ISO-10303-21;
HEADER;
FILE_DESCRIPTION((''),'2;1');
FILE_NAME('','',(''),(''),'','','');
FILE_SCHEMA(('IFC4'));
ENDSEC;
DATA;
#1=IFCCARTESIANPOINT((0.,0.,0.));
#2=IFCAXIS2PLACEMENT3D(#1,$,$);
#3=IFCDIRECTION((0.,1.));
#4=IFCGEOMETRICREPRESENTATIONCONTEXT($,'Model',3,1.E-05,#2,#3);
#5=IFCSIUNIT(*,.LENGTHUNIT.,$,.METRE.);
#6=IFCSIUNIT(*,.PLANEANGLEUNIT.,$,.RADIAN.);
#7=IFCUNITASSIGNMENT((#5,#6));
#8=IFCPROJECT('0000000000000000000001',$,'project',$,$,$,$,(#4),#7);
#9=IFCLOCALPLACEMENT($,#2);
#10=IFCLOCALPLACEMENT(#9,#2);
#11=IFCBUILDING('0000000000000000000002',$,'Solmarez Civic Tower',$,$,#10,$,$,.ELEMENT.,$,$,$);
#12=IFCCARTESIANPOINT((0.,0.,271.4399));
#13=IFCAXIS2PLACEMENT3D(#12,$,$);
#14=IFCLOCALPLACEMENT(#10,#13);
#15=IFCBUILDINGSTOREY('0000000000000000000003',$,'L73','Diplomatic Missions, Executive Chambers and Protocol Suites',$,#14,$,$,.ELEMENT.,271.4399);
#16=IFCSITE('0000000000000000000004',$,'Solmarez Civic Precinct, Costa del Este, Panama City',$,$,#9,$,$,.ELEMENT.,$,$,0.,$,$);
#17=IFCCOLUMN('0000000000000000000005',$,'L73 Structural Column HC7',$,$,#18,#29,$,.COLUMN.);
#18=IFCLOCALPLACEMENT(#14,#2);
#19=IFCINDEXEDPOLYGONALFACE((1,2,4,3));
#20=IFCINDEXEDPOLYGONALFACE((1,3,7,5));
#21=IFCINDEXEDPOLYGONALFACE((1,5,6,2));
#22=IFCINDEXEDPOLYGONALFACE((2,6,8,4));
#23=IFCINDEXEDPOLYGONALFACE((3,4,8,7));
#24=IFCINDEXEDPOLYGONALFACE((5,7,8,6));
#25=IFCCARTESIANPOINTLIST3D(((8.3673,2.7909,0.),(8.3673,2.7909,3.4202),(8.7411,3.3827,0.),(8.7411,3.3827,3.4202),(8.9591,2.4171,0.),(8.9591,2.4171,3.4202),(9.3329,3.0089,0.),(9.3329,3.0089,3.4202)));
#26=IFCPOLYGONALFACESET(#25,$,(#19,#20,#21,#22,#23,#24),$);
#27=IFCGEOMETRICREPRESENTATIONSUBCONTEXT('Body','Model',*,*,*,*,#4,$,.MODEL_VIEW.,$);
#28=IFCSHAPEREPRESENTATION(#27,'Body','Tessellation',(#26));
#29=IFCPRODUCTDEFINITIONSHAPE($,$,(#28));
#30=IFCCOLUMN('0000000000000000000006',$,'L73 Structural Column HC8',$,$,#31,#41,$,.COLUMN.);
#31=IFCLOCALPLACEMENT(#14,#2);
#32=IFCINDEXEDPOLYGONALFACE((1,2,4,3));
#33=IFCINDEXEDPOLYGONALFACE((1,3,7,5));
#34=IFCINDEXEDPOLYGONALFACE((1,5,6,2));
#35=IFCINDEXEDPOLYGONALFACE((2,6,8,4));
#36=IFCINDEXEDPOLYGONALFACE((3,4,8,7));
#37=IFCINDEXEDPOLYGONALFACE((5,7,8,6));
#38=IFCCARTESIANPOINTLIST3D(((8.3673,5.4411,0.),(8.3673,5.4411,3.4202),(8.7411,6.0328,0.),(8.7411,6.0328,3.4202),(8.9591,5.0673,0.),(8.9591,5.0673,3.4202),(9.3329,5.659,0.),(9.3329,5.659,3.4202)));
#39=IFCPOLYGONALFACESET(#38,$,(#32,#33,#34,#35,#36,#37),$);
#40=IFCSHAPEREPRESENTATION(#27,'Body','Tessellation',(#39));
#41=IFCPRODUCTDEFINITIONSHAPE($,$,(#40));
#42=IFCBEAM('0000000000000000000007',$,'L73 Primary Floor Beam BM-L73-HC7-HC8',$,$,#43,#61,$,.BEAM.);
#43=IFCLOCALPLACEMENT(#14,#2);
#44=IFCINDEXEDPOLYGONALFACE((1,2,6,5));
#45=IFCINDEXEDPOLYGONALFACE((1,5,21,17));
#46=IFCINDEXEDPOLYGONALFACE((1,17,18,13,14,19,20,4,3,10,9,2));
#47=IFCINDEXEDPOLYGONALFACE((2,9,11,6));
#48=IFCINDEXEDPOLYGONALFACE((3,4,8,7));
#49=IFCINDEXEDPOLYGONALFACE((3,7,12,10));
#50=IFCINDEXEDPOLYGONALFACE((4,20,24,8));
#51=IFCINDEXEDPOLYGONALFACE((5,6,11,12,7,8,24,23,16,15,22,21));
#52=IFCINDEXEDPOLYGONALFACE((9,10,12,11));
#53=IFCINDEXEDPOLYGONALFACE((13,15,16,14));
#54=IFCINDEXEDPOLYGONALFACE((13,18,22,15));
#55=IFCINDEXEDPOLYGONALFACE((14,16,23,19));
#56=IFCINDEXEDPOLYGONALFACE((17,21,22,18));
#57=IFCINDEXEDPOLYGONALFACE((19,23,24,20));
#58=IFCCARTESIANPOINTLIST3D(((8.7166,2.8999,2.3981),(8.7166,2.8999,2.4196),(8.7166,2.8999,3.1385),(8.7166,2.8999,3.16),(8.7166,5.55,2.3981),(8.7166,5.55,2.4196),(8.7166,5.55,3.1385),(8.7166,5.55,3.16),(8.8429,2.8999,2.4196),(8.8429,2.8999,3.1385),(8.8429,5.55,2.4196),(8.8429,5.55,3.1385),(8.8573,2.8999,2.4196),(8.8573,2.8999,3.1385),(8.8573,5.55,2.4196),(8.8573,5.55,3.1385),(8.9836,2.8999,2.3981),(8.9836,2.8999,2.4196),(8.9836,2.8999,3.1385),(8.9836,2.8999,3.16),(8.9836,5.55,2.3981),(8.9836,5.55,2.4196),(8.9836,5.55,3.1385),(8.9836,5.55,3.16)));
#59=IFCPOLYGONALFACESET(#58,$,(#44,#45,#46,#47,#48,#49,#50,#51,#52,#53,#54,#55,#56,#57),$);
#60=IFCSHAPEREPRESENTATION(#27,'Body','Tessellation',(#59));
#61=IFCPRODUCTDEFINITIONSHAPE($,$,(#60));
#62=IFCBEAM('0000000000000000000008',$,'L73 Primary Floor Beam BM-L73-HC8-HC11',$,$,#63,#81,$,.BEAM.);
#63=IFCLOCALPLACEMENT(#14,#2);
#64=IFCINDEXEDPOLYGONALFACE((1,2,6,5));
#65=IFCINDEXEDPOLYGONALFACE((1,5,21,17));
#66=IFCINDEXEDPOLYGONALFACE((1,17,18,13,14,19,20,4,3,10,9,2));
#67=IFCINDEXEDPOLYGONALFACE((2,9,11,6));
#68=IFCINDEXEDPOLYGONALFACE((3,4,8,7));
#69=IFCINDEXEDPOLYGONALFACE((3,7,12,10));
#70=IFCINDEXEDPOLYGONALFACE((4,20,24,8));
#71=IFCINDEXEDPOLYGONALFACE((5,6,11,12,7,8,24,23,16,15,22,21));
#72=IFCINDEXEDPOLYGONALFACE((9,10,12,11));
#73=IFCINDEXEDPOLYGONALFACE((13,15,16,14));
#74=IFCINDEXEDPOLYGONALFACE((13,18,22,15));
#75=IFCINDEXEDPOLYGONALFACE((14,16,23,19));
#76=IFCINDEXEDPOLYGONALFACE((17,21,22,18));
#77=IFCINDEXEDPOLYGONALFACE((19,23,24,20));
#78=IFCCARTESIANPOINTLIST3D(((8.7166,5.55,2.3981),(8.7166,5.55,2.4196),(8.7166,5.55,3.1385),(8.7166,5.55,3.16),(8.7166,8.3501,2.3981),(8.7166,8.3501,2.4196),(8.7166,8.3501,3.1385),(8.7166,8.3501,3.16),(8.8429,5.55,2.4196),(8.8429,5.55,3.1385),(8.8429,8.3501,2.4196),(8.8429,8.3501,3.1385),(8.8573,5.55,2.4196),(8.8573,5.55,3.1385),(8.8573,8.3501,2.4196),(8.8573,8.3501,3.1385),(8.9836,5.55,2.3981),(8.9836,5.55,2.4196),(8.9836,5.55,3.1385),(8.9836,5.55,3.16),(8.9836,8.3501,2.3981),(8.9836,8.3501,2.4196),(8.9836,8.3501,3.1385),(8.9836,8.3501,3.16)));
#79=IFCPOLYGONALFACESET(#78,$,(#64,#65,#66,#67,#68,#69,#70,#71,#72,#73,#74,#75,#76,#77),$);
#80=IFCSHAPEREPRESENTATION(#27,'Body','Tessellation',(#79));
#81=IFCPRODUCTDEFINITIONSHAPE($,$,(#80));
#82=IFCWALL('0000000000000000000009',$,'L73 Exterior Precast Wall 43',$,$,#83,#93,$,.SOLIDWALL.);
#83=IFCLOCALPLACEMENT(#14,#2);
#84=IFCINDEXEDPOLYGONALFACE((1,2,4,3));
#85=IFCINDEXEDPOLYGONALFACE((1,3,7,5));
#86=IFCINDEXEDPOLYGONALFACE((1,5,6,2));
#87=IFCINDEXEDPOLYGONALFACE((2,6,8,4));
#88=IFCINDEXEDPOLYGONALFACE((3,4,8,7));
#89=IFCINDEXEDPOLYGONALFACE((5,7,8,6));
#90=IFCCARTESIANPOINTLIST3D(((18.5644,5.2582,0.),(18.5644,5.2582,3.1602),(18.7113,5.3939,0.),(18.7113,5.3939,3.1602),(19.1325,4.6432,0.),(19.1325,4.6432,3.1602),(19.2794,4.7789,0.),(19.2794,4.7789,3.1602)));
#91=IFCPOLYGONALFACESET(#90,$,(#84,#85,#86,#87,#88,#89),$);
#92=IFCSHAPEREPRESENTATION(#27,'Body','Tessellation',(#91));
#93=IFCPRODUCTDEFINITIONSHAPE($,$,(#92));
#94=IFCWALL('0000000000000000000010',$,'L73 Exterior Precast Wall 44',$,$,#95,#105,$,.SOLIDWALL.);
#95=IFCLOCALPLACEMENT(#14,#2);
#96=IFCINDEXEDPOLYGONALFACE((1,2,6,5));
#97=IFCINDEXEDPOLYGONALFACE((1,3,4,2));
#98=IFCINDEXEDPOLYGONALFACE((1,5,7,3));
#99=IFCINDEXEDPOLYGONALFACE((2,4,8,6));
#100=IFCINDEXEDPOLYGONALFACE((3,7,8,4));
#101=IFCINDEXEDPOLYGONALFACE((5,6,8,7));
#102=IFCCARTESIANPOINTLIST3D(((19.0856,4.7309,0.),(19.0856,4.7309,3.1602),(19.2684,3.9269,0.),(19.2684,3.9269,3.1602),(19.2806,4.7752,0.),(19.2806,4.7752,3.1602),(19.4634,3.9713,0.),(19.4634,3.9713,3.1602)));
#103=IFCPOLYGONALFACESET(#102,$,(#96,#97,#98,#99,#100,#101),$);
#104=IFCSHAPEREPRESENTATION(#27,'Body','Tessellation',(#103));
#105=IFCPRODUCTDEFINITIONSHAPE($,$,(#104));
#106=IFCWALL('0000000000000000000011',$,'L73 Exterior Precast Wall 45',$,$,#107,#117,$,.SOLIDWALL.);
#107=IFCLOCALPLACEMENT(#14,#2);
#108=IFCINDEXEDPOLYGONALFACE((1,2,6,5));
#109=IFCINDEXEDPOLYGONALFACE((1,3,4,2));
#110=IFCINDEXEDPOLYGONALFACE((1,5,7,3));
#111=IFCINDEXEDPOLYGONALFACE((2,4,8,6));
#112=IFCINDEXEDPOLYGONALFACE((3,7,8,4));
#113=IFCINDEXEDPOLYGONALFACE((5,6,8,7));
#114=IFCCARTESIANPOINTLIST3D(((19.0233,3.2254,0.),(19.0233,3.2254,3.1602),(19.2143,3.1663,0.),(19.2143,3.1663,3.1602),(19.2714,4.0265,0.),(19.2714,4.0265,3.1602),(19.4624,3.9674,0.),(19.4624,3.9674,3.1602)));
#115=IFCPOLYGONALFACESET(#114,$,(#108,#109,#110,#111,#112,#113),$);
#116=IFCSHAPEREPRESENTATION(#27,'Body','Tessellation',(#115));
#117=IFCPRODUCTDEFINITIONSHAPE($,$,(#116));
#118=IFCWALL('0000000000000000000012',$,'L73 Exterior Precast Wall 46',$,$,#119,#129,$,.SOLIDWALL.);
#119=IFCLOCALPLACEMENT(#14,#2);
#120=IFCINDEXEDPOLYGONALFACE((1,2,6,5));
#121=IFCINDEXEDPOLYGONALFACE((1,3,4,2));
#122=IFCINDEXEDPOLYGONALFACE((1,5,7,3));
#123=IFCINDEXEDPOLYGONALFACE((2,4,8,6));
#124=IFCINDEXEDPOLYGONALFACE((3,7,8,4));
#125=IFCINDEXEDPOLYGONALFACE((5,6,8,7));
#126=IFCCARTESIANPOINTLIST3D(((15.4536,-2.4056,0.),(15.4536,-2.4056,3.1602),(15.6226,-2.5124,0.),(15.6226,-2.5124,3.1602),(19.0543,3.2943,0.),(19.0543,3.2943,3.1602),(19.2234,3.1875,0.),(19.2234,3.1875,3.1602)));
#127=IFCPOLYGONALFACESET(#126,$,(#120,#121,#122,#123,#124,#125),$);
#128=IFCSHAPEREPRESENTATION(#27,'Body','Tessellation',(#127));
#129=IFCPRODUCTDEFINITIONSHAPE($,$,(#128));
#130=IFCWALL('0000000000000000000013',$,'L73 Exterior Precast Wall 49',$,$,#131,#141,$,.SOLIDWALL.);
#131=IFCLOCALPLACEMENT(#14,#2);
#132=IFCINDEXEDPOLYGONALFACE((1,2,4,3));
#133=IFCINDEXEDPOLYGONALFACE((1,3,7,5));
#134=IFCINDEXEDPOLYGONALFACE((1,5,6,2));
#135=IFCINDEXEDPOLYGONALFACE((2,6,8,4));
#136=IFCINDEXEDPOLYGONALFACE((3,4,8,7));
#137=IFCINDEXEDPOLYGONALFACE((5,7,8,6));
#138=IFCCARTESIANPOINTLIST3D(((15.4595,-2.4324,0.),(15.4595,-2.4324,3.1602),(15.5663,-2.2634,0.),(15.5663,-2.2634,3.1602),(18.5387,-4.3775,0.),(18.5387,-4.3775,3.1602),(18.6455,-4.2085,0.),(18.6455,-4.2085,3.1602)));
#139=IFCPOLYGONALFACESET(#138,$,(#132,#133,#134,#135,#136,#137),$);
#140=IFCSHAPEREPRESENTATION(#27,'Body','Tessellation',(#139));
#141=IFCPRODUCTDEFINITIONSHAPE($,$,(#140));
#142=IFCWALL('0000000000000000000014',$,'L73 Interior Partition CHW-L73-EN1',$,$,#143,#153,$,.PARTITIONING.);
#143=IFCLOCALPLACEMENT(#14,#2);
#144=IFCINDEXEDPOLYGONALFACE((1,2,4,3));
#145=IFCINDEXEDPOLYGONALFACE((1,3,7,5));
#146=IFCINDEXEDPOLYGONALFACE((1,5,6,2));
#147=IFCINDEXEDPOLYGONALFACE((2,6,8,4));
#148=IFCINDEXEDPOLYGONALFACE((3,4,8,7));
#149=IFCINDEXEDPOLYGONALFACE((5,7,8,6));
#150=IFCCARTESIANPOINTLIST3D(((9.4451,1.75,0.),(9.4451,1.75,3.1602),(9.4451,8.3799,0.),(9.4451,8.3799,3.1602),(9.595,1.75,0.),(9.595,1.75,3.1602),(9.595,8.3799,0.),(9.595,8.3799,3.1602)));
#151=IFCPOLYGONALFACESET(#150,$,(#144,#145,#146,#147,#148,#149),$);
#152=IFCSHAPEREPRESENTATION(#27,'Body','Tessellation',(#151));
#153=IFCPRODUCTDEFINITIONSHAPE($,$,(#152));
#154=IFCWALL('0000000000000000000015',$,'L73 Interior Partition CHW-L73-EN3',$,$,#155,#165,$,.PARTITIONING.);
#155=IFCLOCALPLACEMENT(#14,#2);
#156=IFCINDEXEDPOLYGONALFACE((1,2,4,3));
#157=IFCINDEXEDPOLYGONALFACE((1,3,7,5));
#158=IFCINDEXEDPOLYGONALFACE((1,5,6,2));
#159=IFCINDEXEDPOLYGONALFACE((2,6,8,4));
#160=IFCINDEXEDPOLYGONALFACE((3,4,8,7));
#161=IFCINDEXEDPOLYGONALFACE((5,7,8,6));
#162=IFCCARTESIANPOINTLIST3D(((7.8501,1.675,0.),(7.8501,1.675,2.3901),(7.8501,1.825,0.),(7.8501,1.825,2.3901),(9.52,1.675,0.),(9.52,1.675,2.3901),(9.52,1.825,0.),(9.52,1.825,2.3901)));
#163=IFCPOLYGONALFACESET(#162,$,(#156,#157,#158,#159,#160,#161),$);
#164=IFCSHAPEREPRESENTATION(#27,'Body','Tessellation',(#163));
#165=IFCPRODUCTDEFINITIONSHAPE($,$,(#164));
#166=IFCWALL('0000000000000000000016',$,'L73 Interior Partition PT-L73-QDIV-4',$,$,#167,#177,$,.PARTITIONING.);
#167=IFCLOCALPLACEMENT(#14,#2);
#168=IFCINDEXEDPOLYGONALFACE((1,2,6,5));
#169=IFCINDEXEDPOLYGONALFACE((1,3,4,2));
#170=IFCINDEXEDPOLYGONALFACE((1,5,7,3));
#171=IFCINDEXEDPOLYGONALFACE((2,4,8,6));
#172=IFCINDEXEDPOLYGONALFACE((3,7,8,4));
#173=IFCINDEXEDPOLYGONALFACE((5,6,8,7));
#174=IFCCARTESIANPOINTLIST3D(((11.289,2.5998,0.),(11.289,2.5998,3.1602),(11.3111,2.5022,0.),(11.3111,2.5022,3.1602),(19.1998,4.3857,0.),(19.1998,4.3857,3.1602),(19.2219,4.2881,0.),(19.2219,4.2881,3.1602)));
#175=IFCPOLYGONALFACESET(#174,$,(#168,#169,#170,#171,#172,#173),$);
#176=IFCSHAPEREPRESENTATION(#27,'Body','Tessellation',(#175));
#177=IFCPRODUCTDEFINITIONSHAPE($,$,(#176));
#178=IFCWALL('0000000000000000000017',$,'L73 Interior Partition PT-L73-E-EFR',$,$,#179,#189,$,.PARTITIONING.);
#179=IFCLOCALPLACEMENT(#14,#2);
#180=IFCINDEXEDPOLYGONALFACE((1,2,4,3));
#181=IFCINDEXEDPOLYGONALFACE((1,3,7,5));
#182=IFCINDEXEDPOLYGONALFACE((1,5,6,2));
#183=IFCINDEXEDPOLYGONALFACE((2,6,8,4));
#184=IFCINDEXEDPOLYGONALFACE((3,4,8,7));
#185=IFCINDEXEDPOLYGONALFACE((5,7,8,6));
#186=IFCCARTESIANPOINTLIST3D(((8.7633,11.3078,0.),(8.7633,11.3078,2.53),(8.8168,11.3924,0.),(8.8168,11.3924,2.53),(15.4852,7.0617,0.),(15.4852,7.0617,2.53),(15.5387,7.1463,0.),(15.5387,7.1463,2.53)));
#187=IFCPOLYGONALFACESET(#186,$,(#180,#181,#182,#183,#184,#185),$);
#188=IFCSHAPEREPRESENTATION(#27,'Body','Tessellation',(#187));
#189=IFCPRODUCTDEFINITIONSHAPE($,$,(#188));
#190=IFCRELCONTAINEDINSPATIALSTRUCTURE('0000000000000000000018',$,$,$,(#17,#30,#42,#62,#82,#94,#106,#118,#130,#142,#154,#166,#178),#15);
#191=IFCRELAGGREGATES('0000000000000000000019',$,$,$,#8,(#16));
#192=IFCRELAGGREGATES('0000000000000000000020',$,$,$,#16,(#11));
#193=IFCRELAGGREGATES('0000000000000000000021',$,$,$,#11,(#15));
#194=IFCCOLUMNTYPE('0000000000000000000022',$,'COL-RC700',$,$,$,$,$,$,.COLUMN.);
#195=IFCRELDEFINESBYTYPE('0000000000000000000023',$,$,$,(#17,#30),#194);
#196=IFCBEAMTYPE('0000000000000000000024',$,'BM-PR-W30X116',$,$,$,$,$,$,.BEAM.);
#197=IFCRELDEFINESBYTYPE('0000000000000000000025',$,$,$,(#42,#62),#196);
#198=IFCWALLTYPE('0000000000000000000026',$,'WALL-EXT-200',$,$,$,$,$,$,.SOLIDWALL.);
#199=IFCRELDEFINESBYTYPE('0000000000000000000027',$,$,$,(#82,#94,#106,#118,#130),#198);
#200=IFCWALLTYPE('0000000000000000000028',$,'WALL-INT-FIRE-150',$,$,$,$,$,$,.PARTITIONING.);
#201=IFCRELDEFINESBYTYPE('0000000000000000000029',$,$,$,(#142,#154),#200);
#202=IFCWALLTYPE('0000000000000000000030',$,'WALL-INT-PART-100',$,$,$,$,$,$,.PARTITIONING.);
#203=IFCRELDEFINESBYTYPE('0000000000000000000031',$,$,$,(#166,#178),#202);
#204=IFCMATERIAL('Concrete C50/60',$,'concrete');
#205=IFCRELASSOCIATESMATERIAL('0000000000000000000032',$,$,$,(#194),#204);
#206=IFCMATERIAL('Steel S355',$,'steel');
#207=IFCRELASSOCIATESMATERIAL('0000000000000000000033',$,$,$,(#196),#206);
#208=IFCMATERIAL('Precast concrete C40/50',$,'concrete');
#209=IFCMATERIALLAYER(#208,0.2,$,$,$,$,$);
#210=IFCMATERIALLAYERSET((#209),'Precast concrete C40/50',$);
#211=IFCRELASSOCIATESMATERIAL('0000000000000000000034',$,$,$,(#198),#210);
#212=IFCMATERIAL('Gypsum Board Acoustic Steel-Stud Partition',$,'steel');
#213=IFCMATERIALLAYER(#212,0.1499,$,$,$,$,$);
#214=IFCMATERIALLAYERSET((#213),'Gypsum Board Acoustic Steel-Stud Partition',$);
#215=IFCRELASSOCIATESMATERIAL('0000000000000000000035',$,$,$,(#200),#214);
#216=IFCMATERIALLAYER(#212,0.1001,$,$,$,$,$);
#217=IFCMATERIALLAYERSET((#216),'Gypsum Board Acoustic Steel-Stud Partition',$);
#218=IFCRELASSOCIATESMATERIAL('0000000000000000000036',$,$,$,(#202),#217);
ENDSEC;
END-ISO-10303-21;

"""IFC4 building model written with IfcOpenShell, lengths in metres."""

from ifc_helpers import new_model, si_unit, direction, frame, frame_2d, origin, origin_2d, place, context, subcontext, project, spatial, rectangle, i_section, extrude, material, layer, layer_set, material_profile, profile_set, type_object, element, save


model = new_model("IFC4")

# Units and contexts
model_context = context("Model", 3, precision=1e-05, world=origin(), true_north=direction((0.0, 1.0)))
body_context = subcontext(model_context, "Body", "Model", "MODEL_VIEW")
ifc_project = project(units=[si_unit("LENGTHUNIT", "METRE"), si_unit("PLANEANGLEUNIT", "RADIAN")], contexts=[model_context])

# Site, building, storey
site_placement = place(None, origin())
site = spatial("IfcSite", under=ifc_project, at=site_placement, Name="Solmarez Civic Precinct, Costa del Este, Panama City", CompositionType="ELEMENT", RefElevation=0.0)
building_placement = place(site_placement, origin())
building = spatial("IfcBuilding", under=site, at=building_placement, Name="Solmarez Civic Tower", CompositionType="ELEMENT")
storey_placement = place(building_placement, frame((0.0, 0.0, 271.4399)))
storey = spatial("IfcBuildingStorey", under=building, at=storey_placement, Name="L73", Description="Diplomatic Missions, Executive Chambers and Protocol Suites", CompositionType="ELEMENT", Elevation=271.4399)

# Columns
ifc_material_1 = material(Name="Concrete C50/60", Category="concrete")
ifc_material_profile_1 = material_profile(ifc_material_1, rectangle(XDim=0.7, YDim=0.7, at=origin_2d()), Name="RC700X700")
ifc_profile_set_1 = profile_set([ifc_material_profile_1], Name="Concrete C50/60")
column_type = type_object("IfcColumnType", Name="COL-RC700", PredefinedType="COLUMN", material=ifc_profile_set_1)
for number, where, z_axis, x_axis, name in (
    (1, (8.8501, 2.8999, 0.0), (0.0, 0.0, 1.0), (0.534057, 0.845448, 0.0), "L73 Structural Column HC7"),
    (2, (8.8501, 5.55, 0.0), (0.0, 0.0, 1.0), (0.534057, 0.845448, 0.0), "L73 Structural Column HC8"),
):
    element("IfcColumn", number, at=place(storey_placement, frame(where, z_axis=z_axis, x_axis=x_axis)), inside=storey, type_object=column_type, Name=name, PredefinedType="COLUMN", context=body_context, shape_type="SweptSolid", body=[
        extrude(rectangle(XDim=0.7, YDim=0.7, at=origin_2d()), origin(), (0.0, 0.0, 1.0), 3.4202),
    ])

# Beams
ifc_material_2 = material(Name="Steel S355", Category="steel")
ifc_material_profile_2 = material_profile(ifc_material_2, i_section(OverallWidth=0.2671, OverallDepth=0.762, WebThickness=0.0144, FlangeThickness=0.0215, at=origin_2d()), Name="W30X116")
ifc_profile_set_2 = profile_set([ifc_material_profile_2], Name="Steel S355")
beam_type = type_object("IfcBeamType", Name="BM-PR-W30X116", PredefinedType="BEAM", material=ifc_profile_set_2)
beam_1_placement = place(storey_placement, frame((8.8501, 2.8999, 2.7791), z_axis=(0.0, 1.0, 0.0), x_axis=(-1.0, 0.0, 0.0)))
element("IfcBeam", 3, at=beam_1_placement, inside=storey, type_object=beam_type, Name="L73 Primary Floor Beam BM-L73-HC7-HC8", PredefinedType="BEAM", context=body_context, shape_type="SweptSolid", body=[
    extrude(i_section(OverallWidth=0.2671, OverallDepth=0.762, WebThickness=0.0144, FlangeThickness=0.0215, at=origin_2d()), origin(), (0.0, 0.0, 1.0), 2.6501),
])
beam_2_placement = place(storey_placement, frame((8.8501, 5.55, 2.7791), z_axis=(0.0, 1.0, 0.0), x_axis=(-1.0, 0.0, 0.0)))
element("IfcBeam", 4, at=beam_2_placement, inside=storey, type_object=beam_type, Name="L73 Primary Floor Beam BM-L73-HC8-HC11", PredefinedType="BEAM", context=body_context, shape_type="SweptSolid", body=[
    extrude(i_section(OverallWidth=0.2671, OverallDepth=0.762, WebThickness=0.0144, FlangeThickness=0.0215, at=origin_2d()), origin(), (0.0, 0.0, 1.0), 2.8),
])

# Walls
ifc_material_3 = material(Name="Precast concrete C40/50", Category="concrete")
ifc_layer_1 = layer(ifc_material_3, 0.2)
ifc_layer_set_1 = layer_set([ifc_layer_1], Name="Precast concrete C40/50")
wall_type_1 = type_object("IfcWallType", Name="WALL-EXT-200", PredefinedType="SOLIDWALL", material=ifc_layer_set_1)
wall_1_placement = place(storey_placement, frame((18.6379, 5.3259, 0.0), z_axis=(0.0, 0.0, 1.0), x_axis=(0.678559, -0.734546, 0.0)))
element("IfcWall", 5, at=wall_1_placement, inside=storey, type_object=wall_type_1, Name="L73 Exterior Precast Wall 43", PredefinedType="SOLIDWALL", context=body_context, shape_type="SweptSolid", body=[
    extrude(rectangle(XDim=0.8372, YDim=0.2, at=frame_2d((0.4185, 0.0))), origin(), (0.0, 0.0, 1.0), 3.1602),
])
wall_2_placement = place(storey_placement, frame((19.1831, 4.7529, 0.0), z_axis=(0.0, 0.0, 1.0), x_axis=(0.221787, -0.975095, 0.0)))
element("IfcWall", 6, at=wall_2_placement, inside=storey, type_object=wall_type_1, Name="L73 Exterior Precast Wall 44", PredefinedType="SOLIDWALL", context=body_context, shape_type="SweptSolid", body=[
    extrude(rectangle(XDim=0.8245, YDim=0.2, at=frame_2d((0.4121, 0.0))), origin(), (0.0, 0.0, 1.0), 3.1602),
])
wall_3_placement = place(storey_placement, frame((19.3669, 3.9971, 0.0), z_axis=(0.0, 0.0, 1.0), x_axis=(-0.295804, -0.955249, 0.0)))
element("IfcWall", 7, at=wall_3_placement, inside=storey, type_object=wall_type_1, Name="L73 Exterior Precast Wall 45", PredefinedType="SOLIDWALL", context=body_context, shape_type="SweptSolid", body=[
    extrude(rectangle(XDim=0.8386, YDim=0.2, at=frame_2d((0.4194, 0.0))), origin(), (0.0, 0.0, 1.0), 3.1602),
])
wall_4_placement = place(storey_placement, frame((19.1389, 3.241, 0.0), z_axis=(0.0, 0.0, 1.0), x_axis=(-0.534084, -0.845431, 0.0)))
element("IfcWall", 8, at=wall_4_placement, inside=storey, type_object=wall_type_1, Name="L73 Exterior Precast Wall 46", PredefinedType="SOLIDWALL", context=body_context, shape_type="SweptSolid", body=[
    extrude(rectangle(XDim=6.7419, YDim=0.2, at=frame_2d((3.3711, 0.0))), origin(), (0.0, 0.0, 1.0), 3.1602),
])
wall_5_placement = place(storey_placement, frame((15.5129, -2.3479, 0.0), z_axis=(0.0, 0.0, 1.0), x_axis=(0.845443, -0.534066, 0.0)))
element("IfcWall", 9, at=wall_5_placement, inside=storey, type_object=wall_type_1, Name="L73 Exterior Precast Wall 49", PredefinedType="SOLIDWALL", context=body_context, shape_type="SweptSolid", body=[
    extrude(rectangle(XDim=3.6421, YDim=0.2, at=frame_2d((1.821, 0.0))), origin(), (0.0, 0.0, 1.0), 3.1602),
])
ifc_material_4 = material(Name="Gypsum Board Acoustic Steel-Stud Partition", Category="steel")
ifc_layer_2 = layer(ifc_material_4, 0.1499)
ifc_layer_set_2 = layer_set([ifc_layer_2], Name="Gypsum Board Acoustic Steel-Stud Partition")
wall_type_2 = type_object("IfcWallType", Name="WALL-INT-FIRE-150", PredefinedType="PARTITIONING", material=ifc_layer_set_2)
wall_6_placement = place(storey_placement, frame((9.52, 1.75, 0.0), z_axis=(0.0, 0.0, 1.0), x_axis=(0.0, 1.0, 0.0)))
element("IfcWall", 10, at=wall_6_placement, inside=storey, type_object=wall_type_2, Name="L73 Interior Partition CHW-L73-EN1", PredefinedType="PARTITIONING", context=body_context, shape_type="SweptSolid", body=[
    extrude(rectangle(XDim=6.6299, YDim=0.1499, at=frame_2d((3.3149, 0.0))), origin(), (0.0, 0.0, 1.0), 3.1602),
])
wall_7_placement = place(storey_placement, frame((7.8501, 1.75, 0.0), z_axis=(0.0, 0.0, 1.0), x_axis=(1.0, 0.0, 0.0)))
element("IfcWall", 11, at=wall_7_placement, inside=storey, type_object=wall_type_2, Name="L73 Interior Partition CHW-L73-EN3", PredefinedType="PARTITIONING", context=body_context, shape_type="SweptSolid", body=[
    extrude(rectangle(XDim=1.6699, YDim=0.1499, at=frame_2d((0.835, 0.0))), origin(), (0.0, 0.0, 1.0), 2.3901),
])
ifc_layer_3 = layer(ifc_material_4, 0.1001)
ifc_layer_set_3 = layer_set([ifc_layer_3], Name="Gypsum Board Acoustic Steel-Stud Partition")
wall_type_3 = type_object("IfcWallType", Name="WALL-INT-PART-100", PredefinedType="PARTITIONING", material=ifc_layer_set_3)
wall_8_placement = place(storey_placement, frame((11.3, 2.551, 0.0), z_axis=(0.0, 0.0, 1.0), x_axis=(0.975453, 0.220209, 0.0)))
element("IfcWall", 12, at=wall_8_placement, inside=storey, type_object=wall_type_3, Name="L73 Interior Partition PT-L73-QDIV-4", PredefinedType="PARTITIONING", context=body_context, shape_type="SweptSolid", body=[
    extrude(rectangle(XDim=8.1099, YDim=0.1001, at=frame_2d((4.0549, 0.0))), origin(), (0.0, 0.0, 1.0), 3.1602),
])
wall_9_placement = place(storey_placement, frame((15.512, 7.104, 0.0), z_axis=(0.0, 0.0, 1.0), x_axis=(-0.845451, 0.534053, 0.0)))
element("IfcWall", 13, at=wall_9_placement, inside=storey, type_object=wall_type_3, Name="L73 Interior Partition PT-L73-E-EFR", PredefinedType="PARTITIONING", context=body_context, shape_type="SweptSolid", body=[
    extrude(rectangle(XDim=7.9507, YDim=0.1001, at=frame_2d((3.9753, 0.0))), origin(), (0.0, 0.0, 1.0), 2.53),
])

save(model, "model.ifc")
